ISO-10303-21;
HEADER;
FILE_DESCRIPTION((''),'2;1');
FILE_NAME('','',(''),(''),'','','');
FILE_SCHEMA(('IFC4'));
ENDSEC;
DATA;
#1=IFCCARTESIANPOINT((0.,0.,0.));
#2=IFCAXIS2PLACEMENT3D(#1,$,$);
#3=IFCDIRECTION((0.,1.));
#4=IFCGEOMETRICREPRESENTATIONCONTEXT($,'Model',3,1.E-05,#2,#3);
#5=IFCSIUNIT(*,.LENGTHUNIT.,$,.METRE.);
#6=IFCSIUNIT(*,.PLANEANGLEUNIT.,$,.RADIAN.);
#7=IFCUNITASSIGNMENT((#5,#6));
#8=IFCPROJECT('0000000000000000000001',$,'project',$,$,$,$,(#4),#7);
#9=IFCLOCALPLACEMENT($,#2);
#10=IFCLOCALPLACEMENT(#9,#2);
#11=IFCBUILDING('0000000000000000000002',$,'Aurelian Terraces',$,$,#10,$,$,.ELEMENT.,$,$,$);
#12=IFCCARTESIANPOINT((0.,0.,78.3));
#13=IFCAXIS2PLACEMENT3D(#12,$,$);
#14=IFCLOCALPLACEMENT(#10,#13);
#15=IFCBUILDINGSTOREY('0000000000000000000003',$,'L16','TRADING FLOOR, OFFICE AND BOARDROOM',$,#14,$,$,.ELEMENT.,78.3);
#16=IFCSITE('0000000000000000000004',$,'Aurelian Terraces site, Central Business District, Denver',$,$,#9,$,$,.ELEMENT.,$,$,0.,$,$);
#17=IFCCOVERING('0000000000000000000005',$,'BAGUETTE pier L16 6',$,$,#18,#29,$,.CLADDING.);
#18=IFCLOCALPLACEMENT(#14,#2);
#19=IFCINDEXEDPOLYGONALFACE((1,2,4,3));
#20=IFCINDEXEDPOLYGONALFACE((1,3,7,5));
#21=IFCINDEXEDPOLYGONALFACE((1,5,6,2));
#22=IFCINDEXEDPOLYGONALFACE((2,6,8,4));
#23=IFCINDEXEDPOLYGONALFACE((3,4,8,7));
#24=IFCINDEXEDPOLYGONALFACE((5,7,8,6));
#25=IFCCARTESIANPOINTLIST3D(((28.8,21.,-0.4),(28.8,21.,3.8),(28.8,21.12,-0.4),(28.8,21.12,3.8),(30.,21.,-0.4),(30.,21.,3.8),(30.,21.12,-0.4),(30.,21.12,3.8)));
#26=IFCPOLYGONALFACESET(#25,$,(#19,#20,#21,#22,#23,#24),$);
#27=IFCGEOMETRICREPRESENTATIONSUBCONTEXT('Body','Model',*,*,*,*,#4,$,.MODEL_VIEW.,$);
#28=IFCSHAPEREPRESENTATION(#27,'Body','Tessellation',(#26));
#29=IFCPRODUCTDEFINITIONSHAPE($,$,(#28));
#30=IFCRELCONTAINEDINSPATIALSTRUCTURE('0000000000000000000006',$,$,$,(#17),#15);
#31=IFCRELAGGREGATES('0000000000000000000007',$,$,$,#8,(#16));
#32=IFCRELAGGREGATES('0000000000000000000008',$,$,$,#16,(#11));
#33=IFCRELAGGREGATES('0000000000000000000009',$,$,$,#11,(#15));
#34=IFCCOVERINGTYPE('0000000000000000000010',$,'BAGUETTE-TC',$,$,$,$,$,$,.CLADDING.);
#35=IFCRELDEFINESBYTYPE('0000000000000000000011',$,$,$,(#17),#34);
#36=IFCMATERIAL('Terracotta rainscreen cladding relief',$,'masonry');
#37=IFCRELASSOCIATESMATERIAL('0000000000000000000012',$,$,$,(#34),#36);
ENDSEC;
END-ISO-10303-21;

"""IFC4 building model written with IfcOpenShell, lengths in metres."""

from ifc_helpers import new_model, si_unit, direction, frame, origin, origin_2d, place, context, subcontext, project, spatial, rectangle, extrude, source, transform, mapped, material, type_object, element, save


model = new_model("IFC4")

# Units and contexts
model_context = context("Model", 3, precision=1e-05, world=origin(), true_north=direction((0.0, 1.0)))
body_context = subcontext(model_context, "Body", "Model", "MODEL_VIEW")
ifc_project = project(units=[si_unit("LENGTHUNIT", "METRE"), si_unit("PLANEANGLEUNIT", "RADIAN")], contexts=[model_context])

# Site, building, storey
site_placement = place(None, origin())
site = spatial("IfcSite", under=ifc_project, at=site_placement, Name="Aurelian Terraces site, Central Business District, Denver", CompositionType="ELEMENT", RefElevation=0.0)
building_placement = place(site_placement, origin())
building = spatial("IfcBuilding", under=site, at=building_placement, Name="Aurelian Terraces", CompositionType="ELEMENT")
storey_placement = place(building_placement, frame((0.0, 0.0, 78.3)))
storey = spatial("IfcBuildingStorey", under=building, at=storey_placement, Name="L16", Description="TRADING FLOOR, OFFICE AND BOARDROOM", CompositionType="ELEMENT", Elevation=78.3)

# Covering
ifc_material_1 = material(Name="Terracotta rainscreen cladding relief", Category="masonry")
covering_type = type_object("IfcCoveringType", Name="BAGUETTE-TC", PredefinedType="CLADDING", material=ifc_material_1)
shared_shape_1 = source(origin(), body_context, "Body", "SweptSolid", [
    extrude(rectangle(XDim=1.2, YDim=0.12, at=origin_2d()), origin(), (0.0, 0.0, 1.0), 4.2),
])
covering_placement = place(storey_placement, frame((29.4, 21.06, -0.4), z_axis=(0.0, 0.0, 1.0), x_axis=(1.0, 0.0, 0.0)))
element("IfcCovering", 1, at=covering_placement, inside=storey, type_object=covering_type, Name="BAGUETTE pier L16 6", PredefinedType="CLADDING", context=body_context, shape_type="MappedRepresentation", body=[
    mapped(shared_shape_1, transform((0.0, 0.0, 0.0), scale=1.0)),
])

save(model, "model.ifc")
